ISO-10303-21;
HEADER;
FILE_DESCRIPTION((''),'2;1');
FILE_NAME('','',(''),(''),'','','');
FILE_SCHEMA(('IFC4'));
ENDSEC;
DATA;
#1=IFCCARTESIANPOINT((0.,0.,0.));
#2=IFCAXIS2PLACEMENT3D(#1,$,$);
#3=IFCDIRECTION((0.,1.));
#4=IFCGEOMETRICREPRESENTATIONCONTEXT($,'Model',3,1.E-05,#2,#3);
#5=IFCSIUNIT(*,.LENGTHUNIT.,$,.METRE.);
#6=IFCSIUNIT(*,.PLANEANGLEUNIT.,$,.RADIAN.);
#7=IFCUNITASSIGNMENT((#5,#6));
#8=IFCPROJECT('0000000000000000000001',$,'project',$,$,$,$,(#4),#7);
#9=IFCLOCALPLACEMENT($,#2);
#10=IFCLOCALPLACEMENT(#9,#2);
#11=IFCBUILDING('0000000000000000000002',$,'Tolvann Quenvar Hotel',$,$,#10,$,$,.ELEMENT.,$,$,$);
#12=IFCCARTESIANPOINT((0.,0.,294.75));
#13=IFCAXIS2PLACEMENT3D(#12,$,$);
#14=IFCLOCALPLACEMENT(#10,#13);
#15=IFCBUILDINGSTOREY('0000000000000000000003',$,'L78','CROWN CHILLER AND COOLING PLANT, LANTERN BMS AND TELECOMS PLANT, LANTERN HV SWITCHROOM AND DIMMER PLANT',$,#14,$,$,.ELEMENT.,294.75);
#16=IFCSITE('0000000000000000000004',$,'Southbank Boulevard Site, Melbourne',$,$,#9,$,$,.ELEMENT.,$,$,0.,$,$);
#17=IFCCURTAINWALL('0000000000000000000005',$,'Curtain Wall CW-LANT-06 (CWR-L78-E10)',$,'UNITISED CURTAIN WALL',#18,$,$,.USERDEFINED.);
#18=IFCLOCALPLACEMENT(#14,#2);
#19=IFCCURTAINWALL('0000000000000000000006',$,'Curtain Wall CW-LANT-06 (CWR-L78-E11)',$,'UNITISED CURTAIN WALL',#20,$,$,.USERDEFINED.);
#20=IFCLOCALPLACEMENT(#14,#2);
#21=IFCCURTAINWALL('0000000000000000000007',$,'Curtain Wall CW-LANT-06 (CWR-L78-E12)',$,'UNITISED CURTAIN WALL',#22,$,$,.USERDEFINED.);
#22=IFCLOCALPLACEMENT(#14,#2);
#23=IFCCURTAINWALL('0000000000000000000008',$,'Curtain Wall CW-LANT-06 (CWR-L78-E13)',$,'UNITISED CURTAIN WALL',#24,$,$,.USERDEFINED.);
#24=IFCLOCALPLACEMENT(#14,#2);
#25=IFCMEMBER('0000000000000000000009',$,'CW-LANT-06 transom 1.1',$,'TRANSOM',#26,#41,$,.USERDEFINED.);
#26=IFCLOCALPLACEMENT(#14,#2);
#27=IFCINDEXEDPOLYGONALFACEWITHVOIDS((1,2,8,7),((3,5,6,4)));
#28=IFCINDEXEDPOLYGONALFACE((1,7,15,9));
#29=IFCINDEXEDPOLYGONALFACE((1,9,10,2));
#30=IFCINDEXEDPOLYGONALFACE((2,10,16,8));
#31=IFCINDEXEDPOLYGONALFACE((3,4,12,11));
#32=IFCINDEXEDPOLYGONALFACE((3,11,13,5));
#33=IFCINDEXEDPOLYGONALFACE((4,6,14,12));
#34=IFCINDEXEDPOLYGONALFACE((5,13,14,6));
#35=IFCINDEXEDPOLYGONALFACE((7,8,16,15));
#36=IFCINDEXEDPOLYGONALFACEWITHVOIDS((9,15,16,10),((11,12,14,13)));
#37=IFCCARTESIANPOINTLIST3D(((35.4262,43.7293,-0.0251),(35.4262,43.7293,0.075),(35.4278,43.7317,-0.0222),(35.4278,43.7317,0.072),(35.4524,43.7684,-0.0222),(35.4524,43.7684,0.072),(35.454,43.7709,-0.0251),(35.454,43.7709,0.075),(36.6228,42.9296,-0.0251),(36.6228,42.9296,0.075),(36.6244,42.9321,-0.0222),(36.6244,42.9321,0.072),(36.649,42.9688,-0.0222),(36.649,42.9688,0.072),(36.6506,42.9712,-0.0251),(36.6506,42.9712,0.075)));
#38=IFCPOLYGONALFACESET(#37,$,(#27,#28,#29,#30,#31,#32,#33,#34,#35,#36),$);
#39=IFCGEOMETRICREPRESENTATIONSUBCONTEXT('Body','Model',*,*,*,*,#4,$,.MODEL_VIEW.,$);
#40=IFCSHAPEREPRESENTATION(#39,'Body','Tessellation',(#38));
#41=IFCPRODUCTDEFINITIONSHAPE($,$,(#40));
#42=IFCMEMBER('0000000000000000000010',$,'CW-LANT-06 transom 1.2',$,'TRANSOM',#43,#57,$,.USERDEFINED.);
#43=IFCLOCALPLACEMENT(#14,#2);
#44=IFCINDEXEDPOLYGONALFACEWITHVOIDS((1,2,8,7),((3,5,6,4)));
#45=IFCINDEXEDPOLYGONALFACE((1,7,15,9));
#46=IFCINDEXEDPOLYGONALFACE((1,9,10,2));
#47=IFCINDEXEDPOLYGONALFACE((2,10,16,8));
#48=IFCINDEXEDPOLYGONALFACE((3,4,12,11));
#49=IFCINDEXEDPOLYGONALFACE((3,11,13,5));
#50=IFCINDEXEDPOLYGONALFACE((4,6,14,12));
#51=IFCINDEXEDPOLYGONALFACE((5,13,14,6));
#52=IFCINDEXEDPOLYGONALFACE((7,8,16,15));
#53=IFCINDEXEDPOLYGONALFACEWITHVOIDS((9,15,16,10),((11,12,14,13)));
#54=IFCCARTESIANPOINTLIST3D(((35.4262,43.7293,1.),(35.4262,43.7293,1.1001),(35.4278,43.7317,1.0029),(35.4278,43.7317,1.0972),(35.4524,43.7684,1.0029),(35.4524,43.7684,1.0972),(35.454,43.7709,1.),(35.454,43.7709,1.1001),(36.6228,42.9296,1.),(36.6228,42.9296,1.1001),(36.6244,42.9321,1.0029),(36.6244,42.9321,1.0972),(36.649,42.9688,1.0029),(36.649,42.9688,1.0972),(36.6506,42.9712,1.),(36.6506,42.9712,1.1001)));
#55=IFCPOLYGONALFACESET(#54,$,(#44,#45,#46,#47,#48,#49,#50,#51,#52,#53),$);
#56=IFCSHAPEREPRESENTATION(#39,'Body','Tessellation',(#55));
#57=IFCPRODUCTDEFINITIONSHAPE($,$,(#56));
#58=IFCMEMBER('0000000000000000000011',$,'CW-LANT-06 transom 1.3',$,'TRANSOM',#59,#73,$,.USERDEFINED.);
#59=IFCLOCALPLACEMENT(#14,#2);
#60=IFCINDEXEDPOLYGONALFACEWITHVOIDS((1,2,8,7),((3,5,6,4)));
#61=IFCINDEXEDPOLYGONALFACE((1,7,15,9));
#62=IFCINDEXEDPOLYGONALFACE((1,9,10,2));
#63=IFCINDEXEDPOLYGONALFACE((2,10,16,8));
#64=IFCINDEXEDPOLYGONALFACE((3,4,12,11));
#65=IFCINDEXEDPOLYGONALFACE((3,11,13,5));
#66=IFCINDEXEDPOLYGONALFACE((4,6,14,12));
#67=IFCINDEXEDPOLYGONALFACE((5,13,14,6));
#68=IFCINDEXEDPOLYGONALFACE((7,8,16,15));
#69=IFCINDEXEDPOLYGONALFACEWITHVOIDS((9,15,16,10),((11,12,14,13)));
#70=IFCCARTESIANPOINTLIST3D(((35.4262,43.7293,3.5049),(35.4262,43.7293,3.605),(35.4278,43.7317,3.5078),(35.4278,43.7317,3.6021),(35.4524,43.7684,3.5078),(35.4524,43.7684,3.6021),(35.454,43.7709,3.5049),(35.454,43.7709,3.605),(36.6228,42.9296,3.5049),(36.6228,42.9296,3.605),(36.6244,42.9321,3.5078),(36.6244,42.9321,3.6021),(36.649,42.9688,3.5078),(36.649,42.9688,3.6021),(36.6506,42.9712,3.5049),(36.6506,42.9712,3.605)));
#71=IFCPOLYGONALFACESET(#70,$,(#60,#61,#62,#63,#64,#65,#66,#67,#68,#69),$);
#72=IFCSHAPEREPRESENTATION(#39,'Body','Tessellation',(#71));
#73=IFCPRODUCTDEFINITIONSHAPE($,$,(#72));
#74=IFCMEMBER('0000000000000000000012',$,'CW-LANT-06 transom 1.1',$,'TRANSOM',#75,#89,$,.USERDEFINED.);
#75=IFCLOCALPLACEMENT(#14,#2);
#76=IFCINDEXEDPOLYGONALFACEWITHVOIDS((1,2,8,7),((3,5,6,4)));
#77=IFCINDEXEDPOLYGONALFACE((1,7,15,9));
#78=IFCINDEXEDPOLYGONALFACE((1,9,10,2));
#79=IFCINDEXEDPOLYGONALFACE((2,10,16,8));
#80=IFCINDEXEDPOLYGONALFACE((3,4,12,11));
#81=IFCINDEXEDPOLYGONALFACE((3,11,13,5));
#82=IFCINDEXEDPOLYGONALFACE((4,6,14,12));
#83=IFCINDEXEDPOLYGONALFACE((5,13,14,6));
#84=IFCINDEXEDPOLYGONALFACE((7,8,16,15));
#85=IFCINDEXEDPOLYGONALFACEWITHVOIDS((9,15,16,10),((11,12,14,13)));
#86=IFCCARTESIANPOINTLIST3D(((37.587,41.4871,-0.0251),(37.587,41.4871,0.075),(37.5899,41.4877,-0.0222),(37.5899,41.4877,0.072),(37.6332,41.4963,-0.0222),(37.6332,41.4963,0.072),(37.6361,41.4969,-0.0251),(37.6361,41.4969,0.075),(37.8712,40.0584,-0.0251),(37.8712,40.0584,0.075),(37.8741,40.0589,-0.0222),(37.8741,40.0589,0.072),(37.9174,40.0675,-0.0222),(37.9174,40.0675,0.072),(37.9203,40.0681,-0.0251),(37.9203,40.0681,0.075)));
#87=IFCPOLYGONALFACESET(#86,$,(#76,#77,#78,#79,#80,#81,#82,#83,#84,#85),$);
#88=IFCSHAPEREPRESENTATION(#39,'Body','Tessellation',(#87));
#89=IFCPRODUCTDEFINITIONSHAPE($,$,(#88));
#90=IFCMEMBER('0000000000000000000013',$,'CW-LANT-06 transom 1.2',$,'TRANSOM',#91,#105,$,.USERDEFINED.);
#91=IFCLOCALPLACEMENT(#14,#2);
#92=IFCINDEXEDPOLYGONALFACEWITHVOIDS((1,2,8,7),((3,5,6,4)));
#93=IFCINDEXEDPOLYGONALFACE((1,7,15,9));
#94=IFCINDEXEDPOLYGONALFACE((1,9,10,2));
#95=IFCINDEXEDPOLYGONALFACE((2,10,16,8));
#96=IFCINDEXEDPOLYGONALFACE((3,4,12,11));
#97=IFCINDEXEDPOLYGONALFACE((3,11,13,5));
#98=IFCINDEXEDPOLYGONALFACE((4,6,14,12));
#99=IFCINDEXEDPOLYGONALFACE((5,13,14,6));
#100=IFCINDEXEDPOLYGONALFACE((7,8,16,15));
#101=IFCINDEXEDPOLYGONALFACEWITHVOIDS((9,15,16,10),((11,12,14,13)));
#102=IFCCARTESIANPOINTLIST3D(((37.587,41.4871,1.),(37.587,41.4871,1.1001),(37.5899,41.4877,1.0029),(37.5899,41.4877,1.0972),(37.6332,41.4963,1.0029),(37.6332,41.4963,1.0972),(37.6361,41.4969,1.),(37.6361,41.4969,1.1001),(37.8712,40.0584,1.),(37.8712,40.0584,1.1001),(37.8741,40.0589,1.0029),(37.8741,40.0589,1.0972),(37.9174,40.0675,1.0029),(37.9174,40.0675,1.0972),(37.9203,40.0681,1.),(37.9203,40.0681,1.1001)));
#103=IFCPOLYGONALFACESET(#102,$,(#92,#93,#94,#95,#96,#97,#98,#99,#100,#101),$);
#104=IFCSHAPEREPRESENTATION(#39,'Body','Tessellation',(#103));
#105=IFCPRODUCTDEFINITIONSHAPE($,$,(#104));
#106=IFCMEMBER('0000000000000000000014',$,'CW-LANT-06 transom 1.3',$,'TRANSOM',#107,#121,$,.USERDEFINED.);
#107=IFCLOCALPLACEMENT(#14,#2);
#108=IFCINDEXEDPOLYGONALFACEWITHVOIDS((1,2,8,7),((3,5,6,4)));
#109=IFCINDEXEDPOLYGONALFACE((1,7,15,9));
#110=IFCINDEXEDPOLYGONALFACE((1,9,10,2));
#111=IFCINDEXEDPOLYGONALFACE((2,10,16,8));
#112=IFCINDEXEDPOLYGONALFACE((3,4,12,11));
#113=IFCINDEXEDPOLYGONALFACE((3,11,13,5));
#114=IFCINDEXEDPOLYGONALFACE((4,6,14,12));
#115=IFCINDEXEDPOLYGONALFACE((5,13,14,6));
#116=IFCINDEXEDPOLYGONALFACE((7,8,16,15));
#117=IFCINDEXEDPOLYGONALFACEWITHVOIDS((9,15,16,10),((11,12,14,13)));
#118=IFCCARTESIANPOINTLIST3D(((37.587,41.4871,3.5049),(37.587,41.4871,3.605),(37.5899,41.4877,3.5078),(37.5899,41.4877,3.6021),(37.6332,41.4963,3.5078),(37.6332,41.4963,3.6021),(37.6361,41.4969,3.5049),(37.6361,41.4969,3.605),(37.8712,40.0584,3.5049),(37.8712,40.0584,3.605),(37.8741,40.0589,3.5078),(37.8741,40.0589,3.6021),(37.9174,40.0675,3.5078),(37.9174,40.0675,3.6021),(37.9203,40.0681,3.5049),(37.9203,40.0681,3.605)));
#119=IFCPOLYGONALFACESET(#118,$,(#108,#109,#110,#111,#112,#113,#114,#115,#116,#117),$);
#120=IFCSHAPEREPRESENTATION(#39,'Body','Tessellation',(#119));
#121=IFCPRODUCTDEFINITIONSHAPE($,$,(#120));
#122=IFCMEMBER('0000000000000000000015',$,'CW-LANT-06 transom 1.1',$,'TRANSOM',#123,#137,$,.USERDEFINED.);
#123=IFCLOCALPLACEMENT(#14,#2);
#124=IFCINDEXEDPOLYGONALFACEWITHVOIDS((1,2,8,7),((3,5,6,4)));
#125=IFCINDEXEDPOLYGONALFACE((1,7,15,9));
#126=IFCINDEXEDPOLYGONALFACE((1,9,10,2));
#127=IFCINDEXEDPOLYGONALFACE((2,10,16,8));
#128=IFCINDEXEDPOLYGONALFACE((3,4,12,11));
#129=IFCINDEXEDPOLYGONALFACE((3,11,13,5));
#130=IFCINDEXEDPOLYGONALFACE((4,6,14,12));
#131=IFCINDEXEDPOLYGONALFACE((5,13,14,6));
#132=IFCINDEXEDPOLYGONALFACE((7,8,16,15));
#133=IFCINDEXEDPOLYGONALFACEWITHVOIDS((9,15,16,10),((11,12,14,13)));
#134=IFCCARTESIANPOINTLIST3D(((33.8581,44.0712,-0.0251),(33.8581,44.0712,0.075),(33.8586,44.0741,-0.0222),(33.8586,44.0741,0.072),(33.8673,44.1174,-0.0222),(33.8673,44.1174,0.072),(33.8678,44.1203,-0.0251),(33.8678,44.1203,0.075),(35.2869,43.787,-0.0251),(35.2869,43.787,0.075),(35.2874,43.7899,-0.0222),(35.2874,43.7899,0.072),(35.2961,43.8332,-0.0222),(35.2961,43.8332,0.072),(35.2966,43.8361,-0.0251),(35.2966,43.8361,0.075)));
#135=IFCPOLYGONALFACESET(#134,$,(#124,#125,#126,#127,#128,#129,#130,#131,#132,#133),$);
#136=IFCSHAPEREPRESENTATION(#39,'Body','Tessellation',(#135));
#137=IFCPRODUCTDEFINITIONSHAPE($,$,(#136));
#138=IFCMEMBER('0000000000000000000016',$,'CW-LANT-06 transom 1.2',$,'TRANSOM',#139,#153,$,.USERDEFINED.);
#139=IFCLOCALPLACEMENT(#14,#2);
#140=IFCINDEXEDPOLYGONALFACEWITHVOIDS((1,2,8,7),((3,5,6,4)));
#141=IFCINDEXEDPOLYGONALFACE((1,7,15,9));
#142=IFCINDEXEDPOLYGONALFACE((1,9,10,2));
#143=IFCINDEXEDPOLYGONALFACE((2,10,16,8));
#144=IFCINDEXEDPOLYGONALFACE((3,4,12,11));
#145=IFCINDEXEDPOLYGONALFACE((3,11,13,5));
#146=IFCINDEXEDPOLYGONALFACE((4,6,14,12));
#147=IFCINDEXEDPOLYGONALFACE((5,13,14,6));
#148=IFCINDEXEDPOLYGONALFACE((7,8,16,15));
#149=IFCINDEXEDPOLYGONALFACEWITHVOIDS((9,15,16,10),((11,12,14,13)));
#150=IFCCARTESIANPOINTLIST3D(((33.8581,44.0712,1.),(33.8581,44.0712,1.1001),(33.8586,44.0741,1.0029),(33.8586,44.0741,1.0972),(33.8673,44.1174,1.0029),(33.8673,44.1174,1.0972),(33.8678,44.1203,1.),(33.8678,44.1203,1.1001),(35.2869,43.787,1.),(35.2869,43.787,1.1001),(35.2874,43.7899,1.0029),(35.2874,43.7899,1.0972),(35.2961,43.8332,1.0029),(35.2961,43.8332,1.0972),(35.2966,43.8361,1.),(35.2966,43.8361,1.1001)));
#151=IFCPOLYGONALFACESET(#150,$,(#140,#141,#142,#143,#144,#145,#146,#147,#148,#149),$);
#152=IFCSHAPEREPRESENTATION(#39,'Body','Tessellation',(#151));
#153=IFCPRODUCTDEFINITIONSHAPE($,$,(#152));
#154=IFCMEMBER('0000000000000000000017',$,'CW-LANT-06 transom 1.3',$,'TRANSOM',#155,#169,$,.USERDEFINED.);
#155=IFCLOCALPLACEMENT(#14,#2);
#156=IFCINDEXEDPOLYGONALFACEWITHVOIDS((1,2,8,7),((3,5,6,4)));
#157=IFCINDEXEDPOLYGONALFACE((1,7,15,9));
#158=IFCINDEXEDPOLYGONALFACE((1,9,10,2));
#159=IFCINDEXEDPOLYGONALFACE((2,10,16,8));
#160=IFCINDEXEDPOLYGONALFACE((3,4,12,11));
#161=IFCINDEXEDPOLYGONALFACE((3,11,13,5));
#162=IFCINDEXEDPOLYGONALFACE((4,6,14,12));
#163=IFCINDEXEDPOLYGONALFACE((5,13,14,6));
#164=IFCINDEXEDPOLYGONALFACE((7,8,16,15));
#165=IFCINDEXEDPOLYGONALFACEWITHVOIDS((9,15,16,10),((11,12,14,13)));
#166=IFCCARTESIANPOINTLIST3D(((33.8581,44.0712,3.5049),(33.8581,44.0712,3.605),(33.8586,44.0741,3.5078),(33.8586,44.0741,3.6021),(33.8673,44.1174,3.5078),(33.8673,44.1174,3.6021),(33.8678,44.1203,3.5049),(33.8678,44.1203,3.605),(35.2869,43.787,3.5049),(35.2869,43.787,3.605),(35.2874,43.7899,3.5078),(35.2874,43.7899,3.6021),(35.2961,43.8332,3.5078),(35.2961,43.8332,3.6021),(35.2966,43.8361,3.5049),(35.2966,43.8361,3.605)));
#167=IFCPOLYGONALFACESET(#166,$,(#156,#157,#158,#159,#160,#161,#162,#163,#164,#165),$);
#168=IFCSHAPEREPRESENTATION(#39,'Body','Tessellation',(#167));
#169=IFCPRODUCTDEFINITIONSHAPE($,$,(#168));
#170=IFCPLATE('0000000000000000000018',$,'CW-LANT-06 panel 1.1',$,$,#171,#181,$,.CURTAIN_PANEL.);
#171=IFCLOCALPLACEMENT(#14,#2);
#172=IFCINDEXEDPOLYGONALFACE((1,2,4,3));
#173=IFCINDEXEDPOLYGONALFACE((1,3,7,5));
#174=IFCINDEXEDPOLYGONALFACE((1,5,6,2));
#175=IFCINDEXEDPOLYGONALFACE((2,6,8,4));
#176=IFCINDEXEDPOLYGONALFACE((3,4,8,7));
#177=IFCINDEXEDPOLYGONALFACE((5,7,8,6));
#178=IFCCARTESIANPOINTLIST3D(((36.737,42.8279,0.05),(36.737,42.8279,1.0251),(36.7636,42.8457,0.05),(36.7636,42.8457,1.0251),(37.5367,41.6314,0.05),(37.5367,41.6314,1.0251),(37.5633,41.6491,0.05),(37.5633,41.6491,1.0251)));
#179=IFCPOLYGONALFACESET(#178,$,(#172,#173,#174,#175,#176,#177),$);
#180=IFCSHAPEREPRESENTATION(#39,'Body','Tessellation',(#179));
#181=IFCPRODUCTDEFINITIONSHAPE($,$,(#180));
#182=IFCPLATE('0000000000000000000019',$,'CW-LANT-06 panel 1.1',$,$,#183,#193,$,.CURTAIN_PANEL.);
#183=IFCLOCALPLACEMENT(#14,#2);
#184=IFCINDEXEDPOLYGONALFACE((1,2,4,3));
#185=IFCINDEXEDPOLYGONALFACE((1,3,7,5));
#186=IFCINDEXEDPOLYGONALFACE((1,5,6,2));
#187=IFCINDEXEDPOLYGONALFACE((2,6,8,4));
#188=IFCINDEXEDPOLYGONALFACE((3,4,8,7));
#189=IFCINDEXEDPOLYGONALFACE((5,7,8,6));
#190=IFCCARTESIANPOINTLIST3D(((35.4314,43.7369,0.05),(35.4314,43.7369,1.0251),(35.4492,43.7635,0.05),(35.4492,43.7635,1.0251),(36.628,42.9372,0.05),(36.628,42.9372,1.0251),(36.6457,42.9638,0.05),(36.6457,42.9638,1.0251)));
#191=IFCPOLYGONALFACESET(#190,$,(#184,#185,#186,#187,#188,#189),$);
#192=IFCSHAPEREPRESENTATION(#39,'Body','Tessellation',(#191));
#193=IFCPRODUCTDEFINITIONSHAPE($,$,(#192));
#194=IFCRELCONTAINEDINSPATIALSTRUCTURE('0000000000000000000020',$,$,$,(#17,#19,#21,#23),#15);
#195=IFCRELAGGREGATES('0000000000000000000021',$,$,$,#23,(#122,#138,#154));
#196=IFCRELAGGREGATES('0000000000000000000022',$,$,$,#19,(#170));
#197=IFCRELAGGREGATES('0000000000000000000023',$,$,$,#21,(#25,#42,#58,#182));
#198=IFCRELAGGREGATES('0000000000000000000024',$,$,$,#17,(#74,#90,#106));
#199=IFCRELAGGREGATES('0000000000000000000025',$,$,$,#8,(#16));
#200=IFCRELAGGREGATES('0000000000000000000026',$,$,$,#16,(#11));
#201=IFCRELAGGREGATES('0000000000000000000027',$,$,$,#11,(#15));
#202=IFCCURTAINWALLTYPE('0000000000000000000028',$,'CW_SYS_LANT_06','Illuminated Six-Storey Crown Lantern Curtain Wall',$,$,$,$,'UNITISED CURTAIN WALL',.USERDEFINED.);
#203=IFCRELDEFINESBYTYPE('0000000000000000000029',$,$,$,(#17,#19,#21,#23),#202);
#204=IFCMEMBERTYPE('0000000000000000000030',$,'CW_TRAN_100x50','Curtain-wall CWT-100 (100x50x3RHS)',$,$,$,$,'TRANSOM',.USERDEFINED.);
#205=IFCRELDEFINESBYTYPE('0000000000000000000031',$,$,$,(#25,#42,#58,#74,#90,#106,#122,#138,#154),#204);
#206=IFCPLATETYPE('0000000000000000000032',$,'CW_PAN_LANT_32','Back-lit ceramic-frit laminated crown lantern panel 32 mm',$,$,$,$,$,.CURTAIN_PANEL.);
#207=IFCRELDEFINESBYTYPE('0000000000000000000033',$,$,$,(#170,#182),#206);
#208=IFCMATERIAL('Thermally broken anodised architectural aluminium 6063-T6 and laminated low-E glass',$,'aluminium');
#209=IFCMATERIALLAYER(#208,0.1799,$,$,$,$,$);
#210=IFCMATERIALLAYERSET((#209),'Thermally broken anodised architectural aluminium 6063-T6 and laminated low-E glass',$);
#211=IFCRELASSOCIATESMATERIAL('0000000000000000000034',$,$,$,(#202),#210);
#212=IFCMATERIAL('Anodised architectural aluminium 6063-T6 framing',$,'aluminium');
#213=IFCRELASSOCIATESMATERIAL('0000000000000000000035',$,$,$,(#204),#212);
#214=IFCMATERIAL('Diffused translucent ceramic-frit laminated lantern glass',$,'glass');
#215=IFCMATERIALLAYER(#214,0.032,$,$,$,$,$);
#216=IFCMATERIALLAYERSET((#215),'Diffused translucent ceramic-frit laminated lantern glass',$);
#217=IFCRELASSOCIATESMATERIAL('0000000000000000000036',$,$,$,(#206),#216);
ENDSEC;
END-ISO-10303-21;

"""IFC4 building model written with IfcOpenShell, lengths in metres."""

from ifc_helpers import new_model, si_unit, direction, frame, origin, origin_2d, place, context, subcontext, project, spatial, rectangle, hollow_rectangle, extrude, source, transform, mapped, material, layer, layer_set, material_profile, profile_set, type_object, type_shapes, element, aggregate, save


model = new_model("IFC4")

# Units and contexts
model_context = context("Model", 3, precision=1e-05, world=origin(), true_north=direction((0.0, 1.0)))
body_context = subcontext(model_context, "Body", "Model", "MODEL_VIEW")
ifc_project = project(units=[si_unit("LENGTHUNIT", "METRE"), si_unit("PLANEANGLEUNIT", "RADIAN")], contexts=[model_context])

# Site, building, storey
site_placement = place(None, origin())
site = spatial("IfcSite", under=ifc_project, at=site_placement, Name="Southbank Boulevard Site, Melbourne", CompositionType="ELEMENT", RefElevation=0.0)
building_placement = place(site_placement, origin())
building = spatial("IfcBuilding", under=site, at=building_placement, Name="Tolvann Quenvar Hotel", CompositionType="ELEMENT")
storey_placement = place(building_placement, frame((0.0, 0.0, 294.75)))
storey = spatial("IfcBuildingStorey", under=building, at=storey_placement, Name="L78", Description="CROWN CHILLER AND COOLING PLANT, LANTERN BMS AND TELECOMS PLANT, LANTERN HV SWITCHROOM AND DIMMER PLANT", CompositionType="ELEMENT", Elevation=294.75)

# Curtain walls
ifc_material_1 = material(Name="Thermally broken anodised architectural aluminium 6063-T6 and laminated low-E glass", Category="aluminium")
ifc_layer_1 = layer(ifc_material_1, 0.1799)
ifc_layer_set_1 = layer_set([ifc_layer_1], Name="Thermally broken anodised architectural aluminium 6063-T6 and laminated low-E glass")
curtain_wall_type = type_object("IfcCurtainWallType", Name="CW_SYS_LANT_06", Description="Illuminated Six-Storey Crown Lantern Curtain Wall", ElementType="UNITISED CURTAIN WALL", PredefinedType="USERDEFINED", material=ifc_layer_set_1)
curtain_wall_1_placement = place(storey_placement, origin())
curtain_wall_1 = element("IfcCurtainWall", 1, at=curtain_wall_1_placement, inside=storey, type_object=curtain_wall_type, Name="Curtain Wall CW-LANT-06 (CWR-L78-E10)", ObjectType="UNITISED CURTAIN WALL", PredefinedType="USERDEFINED")
ifc_material_2 = material(Name="Anodised architectural aluminium 6063-T6 framing", Category="aluminium")
curtain_wall_2_placement = place(storey_placement, origin())
curtain_wall_2 = element("IfcCurtainWall", 2, at=curtain_wall_2_placement, inside=storey, type_object=curtain_wall_type, Name="Curtain Wall CW-LANT-06 (CWR-L78-E11)", ObjectType="UNITISED CURTAIN WALL", PredefinedType="USERDEFINED")
curtain_wall_3_placement = place(storey_placement, origin())
curtain_wall_3 = element("IfcCurtainWall", 3, at=curtain_wall_3_placement, inside=storey, type_object=curtain_wall_type, Name="Curtain Wall CW-LANT-06 (CWR-L78-E12)", ObjectType="UNITISED CURTAIN WALL", PredefinedType="USERDEFINED")

# Curtain wall
curtain_wall_4_placement = place(storey_placement, origin())
curtain_wall_4 = element("IfcCurtainWall", 4, at=curtain_wall_4_placement, inside=storey, type_object=curtain_wall_type, Name="Curtain Wall CW-LANT-06 (CWR-L78-E13)", ObjectType="UNITISED CURTAIN WALL", PredefinedType="USERDEFINED")

# Members
ifc_material_profile_1 = material_profile(ifc_material_2, hollow_rectangle(XDim=0.05, YDim=0.1001, WallThickness=0.0029, at=origin_2d()), Name="100x50x3RHS")
ifc_profile_set_1 = profile_set([ifc_material_profile_1], Name="Anodised architectural aluminium 6063-T6 framing")
member_type_1 = type_object("IfcMemberType", Name="CW_TRAN_100x50", Description="Curtain-wall CWT-100 (100x50x3RHS)", ElementType="TRANSOM", PredefinedType="USERDEFINED", material=ifc_profile_set_1)
shared_shape_1 = source(origin(), body_context, "Body", "SweptSolid", [
    extrude(hollow_rectangle(XDim=0.05, YDim=0.1001, WallThickness=0.0029, at=origin_2d()), origin(), (0.0, 0.0, 1.0), 1.4392),
])
member_1_placement = place(storey_placement, frame((36.6367, 42.9504, 0.0249), z_axis=(-0.83145, 0.5556, 0.0), x_axis=(-0.5556, -0.83145, 0.0)))
member_1 = element("IfcMember", 5, at=member_1_placement, type_object=member_type_1, Name="CW-LANT-06 transom 1.1", ObjectType="TRANSOM", PredefinedType="USERDEFINED", context=body_context, shape_type="MappedRepresentation", body=[
    mapped(shared_shape_1, transform((0.0, 0.0, 0.0), x_axis=(1.0, 0.0, 0.0), y_axis=(0.0, 1.0, 0.0), z_axis=(0.0, 0.0, 1.0), scale=1.0)),
])
member_2_placement = place(storey_placement, frame((36.6367, 42.9504, 1.05), z_axis=(-0.83145, 0.5556, 0.0), x_axis=(-0.5556, -0.83145, 0.0)))
member_2 = element("IfcMember", 6, at=member_2_placement, type_object=member_type_1, Name="CW-LANT-06 transom 1.2", ObjectType="TRANSOM", PredefinedType="USERDEFINED", context=body_context, shape_type="MappedRepresentation", body=[
    mapped(shared_shape_1, transform((0.0, 0.0, 0.0), x_axis=(1.0, 0.0, 0.0), y_axis=(0.0, 1.0, 0.0), z_axis=(0.0, 0.0, 1.0), scale=1.0)),
])
member_3_placement = place(storey_placement, frame((36.6367, 42.9504, 3.5549), z_axis=(-0.83145, 0.5556, 0.0), x_axis=(-0.5556, -0.83145, 0.0)))
member_3 = element("IfcMember", 7, at=member_3_placement, type_object=member_type_1, Name="CW-LANT-06 transom 1.3", ObjectType="TRANSOM", PredefinedType="USERDEFINED", context=body_context, shape_type="MappedRepresentation", body=[
    mapped(shared_shape_1, transform((0.0, 0.0, 0.0), x_axis=(1.0, 0.0, 0.0), y_axis=(0.0, 1.0, 0.0), z_axis=(0.0, 0.0, 1.0), scale=1.0)),
])
shared_shape_2 = source(origin(), body_context, "Body", "SweptSolid", [
    extrude(hollow_rectangle(XDim=0.05, YDim=0.1001, WallThickness=0.0029, at=origin_2d()), origin(), (0.0, 0.0, 1.0), 1.4568),
])
type_shapes(member_type_1, [shared_shape_1, shared_shape_2])
member_4_placement = place(storey_placement, frame((37.8958, 40.0632, 0.0249), z_axis=(-0.195085, 0.980786, 0.0), x_axis=(-0.980786, -0.195085, 0.0)))
member_4 = element("IfcMember", 8, at=member_4_placement, type_object=member_type_1, Name="CW-LANT-06 transom 1.1", ObjectType="TRANSOM", PredefinedType="USERDEFINED", context=body_context, shape_type="MappedRepresentation", body=[
    mapped(shared_shape_2, transform((0.0, 0.0, 0.0), x_axis=(1.0, 0.0, 0.0), y_axis=(0.0, 1.0, 0.0), z_axis=(0.0, 0.0, 1.0), scale=1.0)),
])
member_5_placement = place(storey_placement, frame((37.8958, 40.0632, 1.05), z_axis=(-0.195085, 0.980786, 0.0), x_axis=(-0.980786, -0.195085, 0.0)))
member_5 = element("IfcMember", 9, at=member_5_placement, type_object=member_type_1, Name="CW-LANT-06 transom 1.2", ObjectType="TRANSOM", PredefinedType="USERDEFINED", context=body_context, shape_type="MappedRepresentation", body=[
    mapped(shared_shape_2, transform((0.0, 0.0, 0.0), x_axis=(1.0, 0.0, 0.0), y_axis=(0.0, 1.0, 0.0), z_axis=(0.0, 0.0, 1.0), scale=1.0)),
])
member_6_placement = place(storey_placement, frame((37.8958, 40.0632, 3.5549), z_axis=(-0.195085, 0.980786, 0.0), x_axis=(-0.980786, -0.195085, 0.0)))
member_6 = element("IfcMember", 10, at=member_6_placement, type_object=member_type_1, Name="CW-LANT-06 transom 1.3", ObjectType="TRANSOM", PredefinedType="USERDEFINED", context=body_context, shape_type="MappedRepresentation", body=[
    mapped(shared_shape_2, transform((0.0, 0.0, 0.0), x_axis=(1.0, 0.0, 0.0), y_axis=(0.0, 1.0, 0.0), z_axis=(0.0, 0.0, 1.0), scale=1.0)),
])
member_7_placement = place(storey_placement, frame((35.2917, 43.8115, 0.0249), z_axis=(-0.980786, 0.195085, 0.0), x_axis=(-0.195085, -0.980786, 0.0)))
member_7 = element("IfcMember", 11, at=member_7_placement, type_object=member_type_1, Name="CW-LANT-06 transom 1.1", ObjectType="TRANSOM", PredefinedType="USERDEFINED", context=body_context, shape_type="MappedRepresentation", body=[
    mapped(shared_shape_2, transform((0.0, 0.0, 0.0), x_axis=(1.0, 0.0, 0.0), y_axis=(0.0, 1.0, 0.0), z_axis=(0.0, 0.0, 1.0), scale=1.0)),
])
member_8_placement = place(storey_placement, frame((35.2917, 43.8115, 1.05), z_axis=(-0.980786, 0.195085, 0.0), x_axis=(-0.195085, -0.980786, 0.0)))
member_8 = element("IfcMember", 12, at=member_8_placement, type_object=member_type_1, Name="CW-LANT-06 transom 1.2", ObjectType="TRANSOM", PredefinedType="USERDEFINED", context=body_context, shape_type="MappedRepresentation", body=[
    mapped(shared_shape_2, transform((0.0, 0.0, 0.0), x_axis=(1.0, 0.0, 0.0), y_axis=(0.0, 1.0, 0.0), z_axis=(0.0, 0.0, 1.0), scale=1.0)),
])
member_9_placement = place(storey_placement, frame((35.2917, 43.8115, 3.5549), z_axis=(-0.980786, 0.195085, 0.0), x_axis=(-0.195085, -0.980786, 0.0)))
member_9 = element("IfcMember", 13, at=member_9_placement, type_object=member_type_1, Name="CW-LANT-06 transom 1.3", ObjectType="TRANSOM", PredefinedType="USERDEFINED", context=body_context, shape_type="MappedRepresentation", body=[
    mapped(shared_shape_2, transform((0.0, 0.0, 0.0), x_axis=(1.0, 0.0, 0.0), y_axis=(0.0, 1.0, 0.0), z_axis=(0.0, 0.0, 1.0), scale=1.0)),
])
aggregate(curtain_wall_4, [member_7, member_8, member_9])

# Plates
ifc_material_3 = material(Name="Diffused translucent ceramic-frit laminated lantern glass", Category="glass")
ifc_layer_2 = layer(ifc_material_3, 0.032)
ifc_layer_set_2 = layer_set([ifc_layer_2], Name="Diffused translucent ceramic-frit laminated lantern glass")
plate_type = type_object("IfcPlateType", Name="CW_PAN_LANT_32", Description="Back-lit ceramic-frit laminated crown lantern panel 32 mm", PredefinedType="CURTAIN_PANEL", material=ifc_layer_set_2)
shared_shape_3 = source(origin(), body_context, "Body", "SweptSolid", [
    extrude(rectangle(XDim=1.4392, YDim=0.032, at=origin_2d()), origin(), (0.0, 0.0, 1.0), 0.9751),
])
plate_1_placement = place(storey_placement, frame((37.1501, 42.2385, 0.05), z_axis=(0.0, 0.0, 1.0), x_axis=(-0.555656, 0.831412, 0.0)))
plate_1 = element("IfcPlate", 14, at=plate_1_placement, type_object=plate_type, Name="CW-LANT-06 panel 1.1", PredefinedType="CURTAIN_PANEL", context=body_context, shape_type="MappedRepresentation", body=[
    mapped(shared_shape_3, transform((0.0, 0.0, 0.0), x_axis=(1.0, 0.0, 0.0), y_axis=(0.0, 1.0, 0.0), z_axis=(0.0, 0.0, 1.0), scale=1.0)),
])
plate_2_placement = place(storey_placement, frame((36.0386, 43.3503, 0.05), z_axis=(0.0, 0.0, 1.0), x_axis=(-0.831412, 0.555656, 0.0)))
plate_2 = element("IfcPlate", 15, at=plate_2_placement, type_object=plate_type, Name="CW-LANT-06 panel 1.1", PredefinedType="CURTAIN_PANEL", context=body_context, shape_type="MappedRepresentation", body=[
    mapped(shared_shape_3, transform((0.0, 0.0, 0.0), x_axis=(1.0, 0.0, 0.0), y_axis=(0.0, 1.0, 0.0), z_axis=(0.0, 0.0, 1.0), scale=1.0)),
])
aggregate(curtain_wall_2, [plate_1])
aggregate(curtain_wall_3, [member_1, member_2, member_3, plate_2])
aggregate(curtain_wall_1, [member_4, member_5, member_6])

save(model, "model.ifc")
